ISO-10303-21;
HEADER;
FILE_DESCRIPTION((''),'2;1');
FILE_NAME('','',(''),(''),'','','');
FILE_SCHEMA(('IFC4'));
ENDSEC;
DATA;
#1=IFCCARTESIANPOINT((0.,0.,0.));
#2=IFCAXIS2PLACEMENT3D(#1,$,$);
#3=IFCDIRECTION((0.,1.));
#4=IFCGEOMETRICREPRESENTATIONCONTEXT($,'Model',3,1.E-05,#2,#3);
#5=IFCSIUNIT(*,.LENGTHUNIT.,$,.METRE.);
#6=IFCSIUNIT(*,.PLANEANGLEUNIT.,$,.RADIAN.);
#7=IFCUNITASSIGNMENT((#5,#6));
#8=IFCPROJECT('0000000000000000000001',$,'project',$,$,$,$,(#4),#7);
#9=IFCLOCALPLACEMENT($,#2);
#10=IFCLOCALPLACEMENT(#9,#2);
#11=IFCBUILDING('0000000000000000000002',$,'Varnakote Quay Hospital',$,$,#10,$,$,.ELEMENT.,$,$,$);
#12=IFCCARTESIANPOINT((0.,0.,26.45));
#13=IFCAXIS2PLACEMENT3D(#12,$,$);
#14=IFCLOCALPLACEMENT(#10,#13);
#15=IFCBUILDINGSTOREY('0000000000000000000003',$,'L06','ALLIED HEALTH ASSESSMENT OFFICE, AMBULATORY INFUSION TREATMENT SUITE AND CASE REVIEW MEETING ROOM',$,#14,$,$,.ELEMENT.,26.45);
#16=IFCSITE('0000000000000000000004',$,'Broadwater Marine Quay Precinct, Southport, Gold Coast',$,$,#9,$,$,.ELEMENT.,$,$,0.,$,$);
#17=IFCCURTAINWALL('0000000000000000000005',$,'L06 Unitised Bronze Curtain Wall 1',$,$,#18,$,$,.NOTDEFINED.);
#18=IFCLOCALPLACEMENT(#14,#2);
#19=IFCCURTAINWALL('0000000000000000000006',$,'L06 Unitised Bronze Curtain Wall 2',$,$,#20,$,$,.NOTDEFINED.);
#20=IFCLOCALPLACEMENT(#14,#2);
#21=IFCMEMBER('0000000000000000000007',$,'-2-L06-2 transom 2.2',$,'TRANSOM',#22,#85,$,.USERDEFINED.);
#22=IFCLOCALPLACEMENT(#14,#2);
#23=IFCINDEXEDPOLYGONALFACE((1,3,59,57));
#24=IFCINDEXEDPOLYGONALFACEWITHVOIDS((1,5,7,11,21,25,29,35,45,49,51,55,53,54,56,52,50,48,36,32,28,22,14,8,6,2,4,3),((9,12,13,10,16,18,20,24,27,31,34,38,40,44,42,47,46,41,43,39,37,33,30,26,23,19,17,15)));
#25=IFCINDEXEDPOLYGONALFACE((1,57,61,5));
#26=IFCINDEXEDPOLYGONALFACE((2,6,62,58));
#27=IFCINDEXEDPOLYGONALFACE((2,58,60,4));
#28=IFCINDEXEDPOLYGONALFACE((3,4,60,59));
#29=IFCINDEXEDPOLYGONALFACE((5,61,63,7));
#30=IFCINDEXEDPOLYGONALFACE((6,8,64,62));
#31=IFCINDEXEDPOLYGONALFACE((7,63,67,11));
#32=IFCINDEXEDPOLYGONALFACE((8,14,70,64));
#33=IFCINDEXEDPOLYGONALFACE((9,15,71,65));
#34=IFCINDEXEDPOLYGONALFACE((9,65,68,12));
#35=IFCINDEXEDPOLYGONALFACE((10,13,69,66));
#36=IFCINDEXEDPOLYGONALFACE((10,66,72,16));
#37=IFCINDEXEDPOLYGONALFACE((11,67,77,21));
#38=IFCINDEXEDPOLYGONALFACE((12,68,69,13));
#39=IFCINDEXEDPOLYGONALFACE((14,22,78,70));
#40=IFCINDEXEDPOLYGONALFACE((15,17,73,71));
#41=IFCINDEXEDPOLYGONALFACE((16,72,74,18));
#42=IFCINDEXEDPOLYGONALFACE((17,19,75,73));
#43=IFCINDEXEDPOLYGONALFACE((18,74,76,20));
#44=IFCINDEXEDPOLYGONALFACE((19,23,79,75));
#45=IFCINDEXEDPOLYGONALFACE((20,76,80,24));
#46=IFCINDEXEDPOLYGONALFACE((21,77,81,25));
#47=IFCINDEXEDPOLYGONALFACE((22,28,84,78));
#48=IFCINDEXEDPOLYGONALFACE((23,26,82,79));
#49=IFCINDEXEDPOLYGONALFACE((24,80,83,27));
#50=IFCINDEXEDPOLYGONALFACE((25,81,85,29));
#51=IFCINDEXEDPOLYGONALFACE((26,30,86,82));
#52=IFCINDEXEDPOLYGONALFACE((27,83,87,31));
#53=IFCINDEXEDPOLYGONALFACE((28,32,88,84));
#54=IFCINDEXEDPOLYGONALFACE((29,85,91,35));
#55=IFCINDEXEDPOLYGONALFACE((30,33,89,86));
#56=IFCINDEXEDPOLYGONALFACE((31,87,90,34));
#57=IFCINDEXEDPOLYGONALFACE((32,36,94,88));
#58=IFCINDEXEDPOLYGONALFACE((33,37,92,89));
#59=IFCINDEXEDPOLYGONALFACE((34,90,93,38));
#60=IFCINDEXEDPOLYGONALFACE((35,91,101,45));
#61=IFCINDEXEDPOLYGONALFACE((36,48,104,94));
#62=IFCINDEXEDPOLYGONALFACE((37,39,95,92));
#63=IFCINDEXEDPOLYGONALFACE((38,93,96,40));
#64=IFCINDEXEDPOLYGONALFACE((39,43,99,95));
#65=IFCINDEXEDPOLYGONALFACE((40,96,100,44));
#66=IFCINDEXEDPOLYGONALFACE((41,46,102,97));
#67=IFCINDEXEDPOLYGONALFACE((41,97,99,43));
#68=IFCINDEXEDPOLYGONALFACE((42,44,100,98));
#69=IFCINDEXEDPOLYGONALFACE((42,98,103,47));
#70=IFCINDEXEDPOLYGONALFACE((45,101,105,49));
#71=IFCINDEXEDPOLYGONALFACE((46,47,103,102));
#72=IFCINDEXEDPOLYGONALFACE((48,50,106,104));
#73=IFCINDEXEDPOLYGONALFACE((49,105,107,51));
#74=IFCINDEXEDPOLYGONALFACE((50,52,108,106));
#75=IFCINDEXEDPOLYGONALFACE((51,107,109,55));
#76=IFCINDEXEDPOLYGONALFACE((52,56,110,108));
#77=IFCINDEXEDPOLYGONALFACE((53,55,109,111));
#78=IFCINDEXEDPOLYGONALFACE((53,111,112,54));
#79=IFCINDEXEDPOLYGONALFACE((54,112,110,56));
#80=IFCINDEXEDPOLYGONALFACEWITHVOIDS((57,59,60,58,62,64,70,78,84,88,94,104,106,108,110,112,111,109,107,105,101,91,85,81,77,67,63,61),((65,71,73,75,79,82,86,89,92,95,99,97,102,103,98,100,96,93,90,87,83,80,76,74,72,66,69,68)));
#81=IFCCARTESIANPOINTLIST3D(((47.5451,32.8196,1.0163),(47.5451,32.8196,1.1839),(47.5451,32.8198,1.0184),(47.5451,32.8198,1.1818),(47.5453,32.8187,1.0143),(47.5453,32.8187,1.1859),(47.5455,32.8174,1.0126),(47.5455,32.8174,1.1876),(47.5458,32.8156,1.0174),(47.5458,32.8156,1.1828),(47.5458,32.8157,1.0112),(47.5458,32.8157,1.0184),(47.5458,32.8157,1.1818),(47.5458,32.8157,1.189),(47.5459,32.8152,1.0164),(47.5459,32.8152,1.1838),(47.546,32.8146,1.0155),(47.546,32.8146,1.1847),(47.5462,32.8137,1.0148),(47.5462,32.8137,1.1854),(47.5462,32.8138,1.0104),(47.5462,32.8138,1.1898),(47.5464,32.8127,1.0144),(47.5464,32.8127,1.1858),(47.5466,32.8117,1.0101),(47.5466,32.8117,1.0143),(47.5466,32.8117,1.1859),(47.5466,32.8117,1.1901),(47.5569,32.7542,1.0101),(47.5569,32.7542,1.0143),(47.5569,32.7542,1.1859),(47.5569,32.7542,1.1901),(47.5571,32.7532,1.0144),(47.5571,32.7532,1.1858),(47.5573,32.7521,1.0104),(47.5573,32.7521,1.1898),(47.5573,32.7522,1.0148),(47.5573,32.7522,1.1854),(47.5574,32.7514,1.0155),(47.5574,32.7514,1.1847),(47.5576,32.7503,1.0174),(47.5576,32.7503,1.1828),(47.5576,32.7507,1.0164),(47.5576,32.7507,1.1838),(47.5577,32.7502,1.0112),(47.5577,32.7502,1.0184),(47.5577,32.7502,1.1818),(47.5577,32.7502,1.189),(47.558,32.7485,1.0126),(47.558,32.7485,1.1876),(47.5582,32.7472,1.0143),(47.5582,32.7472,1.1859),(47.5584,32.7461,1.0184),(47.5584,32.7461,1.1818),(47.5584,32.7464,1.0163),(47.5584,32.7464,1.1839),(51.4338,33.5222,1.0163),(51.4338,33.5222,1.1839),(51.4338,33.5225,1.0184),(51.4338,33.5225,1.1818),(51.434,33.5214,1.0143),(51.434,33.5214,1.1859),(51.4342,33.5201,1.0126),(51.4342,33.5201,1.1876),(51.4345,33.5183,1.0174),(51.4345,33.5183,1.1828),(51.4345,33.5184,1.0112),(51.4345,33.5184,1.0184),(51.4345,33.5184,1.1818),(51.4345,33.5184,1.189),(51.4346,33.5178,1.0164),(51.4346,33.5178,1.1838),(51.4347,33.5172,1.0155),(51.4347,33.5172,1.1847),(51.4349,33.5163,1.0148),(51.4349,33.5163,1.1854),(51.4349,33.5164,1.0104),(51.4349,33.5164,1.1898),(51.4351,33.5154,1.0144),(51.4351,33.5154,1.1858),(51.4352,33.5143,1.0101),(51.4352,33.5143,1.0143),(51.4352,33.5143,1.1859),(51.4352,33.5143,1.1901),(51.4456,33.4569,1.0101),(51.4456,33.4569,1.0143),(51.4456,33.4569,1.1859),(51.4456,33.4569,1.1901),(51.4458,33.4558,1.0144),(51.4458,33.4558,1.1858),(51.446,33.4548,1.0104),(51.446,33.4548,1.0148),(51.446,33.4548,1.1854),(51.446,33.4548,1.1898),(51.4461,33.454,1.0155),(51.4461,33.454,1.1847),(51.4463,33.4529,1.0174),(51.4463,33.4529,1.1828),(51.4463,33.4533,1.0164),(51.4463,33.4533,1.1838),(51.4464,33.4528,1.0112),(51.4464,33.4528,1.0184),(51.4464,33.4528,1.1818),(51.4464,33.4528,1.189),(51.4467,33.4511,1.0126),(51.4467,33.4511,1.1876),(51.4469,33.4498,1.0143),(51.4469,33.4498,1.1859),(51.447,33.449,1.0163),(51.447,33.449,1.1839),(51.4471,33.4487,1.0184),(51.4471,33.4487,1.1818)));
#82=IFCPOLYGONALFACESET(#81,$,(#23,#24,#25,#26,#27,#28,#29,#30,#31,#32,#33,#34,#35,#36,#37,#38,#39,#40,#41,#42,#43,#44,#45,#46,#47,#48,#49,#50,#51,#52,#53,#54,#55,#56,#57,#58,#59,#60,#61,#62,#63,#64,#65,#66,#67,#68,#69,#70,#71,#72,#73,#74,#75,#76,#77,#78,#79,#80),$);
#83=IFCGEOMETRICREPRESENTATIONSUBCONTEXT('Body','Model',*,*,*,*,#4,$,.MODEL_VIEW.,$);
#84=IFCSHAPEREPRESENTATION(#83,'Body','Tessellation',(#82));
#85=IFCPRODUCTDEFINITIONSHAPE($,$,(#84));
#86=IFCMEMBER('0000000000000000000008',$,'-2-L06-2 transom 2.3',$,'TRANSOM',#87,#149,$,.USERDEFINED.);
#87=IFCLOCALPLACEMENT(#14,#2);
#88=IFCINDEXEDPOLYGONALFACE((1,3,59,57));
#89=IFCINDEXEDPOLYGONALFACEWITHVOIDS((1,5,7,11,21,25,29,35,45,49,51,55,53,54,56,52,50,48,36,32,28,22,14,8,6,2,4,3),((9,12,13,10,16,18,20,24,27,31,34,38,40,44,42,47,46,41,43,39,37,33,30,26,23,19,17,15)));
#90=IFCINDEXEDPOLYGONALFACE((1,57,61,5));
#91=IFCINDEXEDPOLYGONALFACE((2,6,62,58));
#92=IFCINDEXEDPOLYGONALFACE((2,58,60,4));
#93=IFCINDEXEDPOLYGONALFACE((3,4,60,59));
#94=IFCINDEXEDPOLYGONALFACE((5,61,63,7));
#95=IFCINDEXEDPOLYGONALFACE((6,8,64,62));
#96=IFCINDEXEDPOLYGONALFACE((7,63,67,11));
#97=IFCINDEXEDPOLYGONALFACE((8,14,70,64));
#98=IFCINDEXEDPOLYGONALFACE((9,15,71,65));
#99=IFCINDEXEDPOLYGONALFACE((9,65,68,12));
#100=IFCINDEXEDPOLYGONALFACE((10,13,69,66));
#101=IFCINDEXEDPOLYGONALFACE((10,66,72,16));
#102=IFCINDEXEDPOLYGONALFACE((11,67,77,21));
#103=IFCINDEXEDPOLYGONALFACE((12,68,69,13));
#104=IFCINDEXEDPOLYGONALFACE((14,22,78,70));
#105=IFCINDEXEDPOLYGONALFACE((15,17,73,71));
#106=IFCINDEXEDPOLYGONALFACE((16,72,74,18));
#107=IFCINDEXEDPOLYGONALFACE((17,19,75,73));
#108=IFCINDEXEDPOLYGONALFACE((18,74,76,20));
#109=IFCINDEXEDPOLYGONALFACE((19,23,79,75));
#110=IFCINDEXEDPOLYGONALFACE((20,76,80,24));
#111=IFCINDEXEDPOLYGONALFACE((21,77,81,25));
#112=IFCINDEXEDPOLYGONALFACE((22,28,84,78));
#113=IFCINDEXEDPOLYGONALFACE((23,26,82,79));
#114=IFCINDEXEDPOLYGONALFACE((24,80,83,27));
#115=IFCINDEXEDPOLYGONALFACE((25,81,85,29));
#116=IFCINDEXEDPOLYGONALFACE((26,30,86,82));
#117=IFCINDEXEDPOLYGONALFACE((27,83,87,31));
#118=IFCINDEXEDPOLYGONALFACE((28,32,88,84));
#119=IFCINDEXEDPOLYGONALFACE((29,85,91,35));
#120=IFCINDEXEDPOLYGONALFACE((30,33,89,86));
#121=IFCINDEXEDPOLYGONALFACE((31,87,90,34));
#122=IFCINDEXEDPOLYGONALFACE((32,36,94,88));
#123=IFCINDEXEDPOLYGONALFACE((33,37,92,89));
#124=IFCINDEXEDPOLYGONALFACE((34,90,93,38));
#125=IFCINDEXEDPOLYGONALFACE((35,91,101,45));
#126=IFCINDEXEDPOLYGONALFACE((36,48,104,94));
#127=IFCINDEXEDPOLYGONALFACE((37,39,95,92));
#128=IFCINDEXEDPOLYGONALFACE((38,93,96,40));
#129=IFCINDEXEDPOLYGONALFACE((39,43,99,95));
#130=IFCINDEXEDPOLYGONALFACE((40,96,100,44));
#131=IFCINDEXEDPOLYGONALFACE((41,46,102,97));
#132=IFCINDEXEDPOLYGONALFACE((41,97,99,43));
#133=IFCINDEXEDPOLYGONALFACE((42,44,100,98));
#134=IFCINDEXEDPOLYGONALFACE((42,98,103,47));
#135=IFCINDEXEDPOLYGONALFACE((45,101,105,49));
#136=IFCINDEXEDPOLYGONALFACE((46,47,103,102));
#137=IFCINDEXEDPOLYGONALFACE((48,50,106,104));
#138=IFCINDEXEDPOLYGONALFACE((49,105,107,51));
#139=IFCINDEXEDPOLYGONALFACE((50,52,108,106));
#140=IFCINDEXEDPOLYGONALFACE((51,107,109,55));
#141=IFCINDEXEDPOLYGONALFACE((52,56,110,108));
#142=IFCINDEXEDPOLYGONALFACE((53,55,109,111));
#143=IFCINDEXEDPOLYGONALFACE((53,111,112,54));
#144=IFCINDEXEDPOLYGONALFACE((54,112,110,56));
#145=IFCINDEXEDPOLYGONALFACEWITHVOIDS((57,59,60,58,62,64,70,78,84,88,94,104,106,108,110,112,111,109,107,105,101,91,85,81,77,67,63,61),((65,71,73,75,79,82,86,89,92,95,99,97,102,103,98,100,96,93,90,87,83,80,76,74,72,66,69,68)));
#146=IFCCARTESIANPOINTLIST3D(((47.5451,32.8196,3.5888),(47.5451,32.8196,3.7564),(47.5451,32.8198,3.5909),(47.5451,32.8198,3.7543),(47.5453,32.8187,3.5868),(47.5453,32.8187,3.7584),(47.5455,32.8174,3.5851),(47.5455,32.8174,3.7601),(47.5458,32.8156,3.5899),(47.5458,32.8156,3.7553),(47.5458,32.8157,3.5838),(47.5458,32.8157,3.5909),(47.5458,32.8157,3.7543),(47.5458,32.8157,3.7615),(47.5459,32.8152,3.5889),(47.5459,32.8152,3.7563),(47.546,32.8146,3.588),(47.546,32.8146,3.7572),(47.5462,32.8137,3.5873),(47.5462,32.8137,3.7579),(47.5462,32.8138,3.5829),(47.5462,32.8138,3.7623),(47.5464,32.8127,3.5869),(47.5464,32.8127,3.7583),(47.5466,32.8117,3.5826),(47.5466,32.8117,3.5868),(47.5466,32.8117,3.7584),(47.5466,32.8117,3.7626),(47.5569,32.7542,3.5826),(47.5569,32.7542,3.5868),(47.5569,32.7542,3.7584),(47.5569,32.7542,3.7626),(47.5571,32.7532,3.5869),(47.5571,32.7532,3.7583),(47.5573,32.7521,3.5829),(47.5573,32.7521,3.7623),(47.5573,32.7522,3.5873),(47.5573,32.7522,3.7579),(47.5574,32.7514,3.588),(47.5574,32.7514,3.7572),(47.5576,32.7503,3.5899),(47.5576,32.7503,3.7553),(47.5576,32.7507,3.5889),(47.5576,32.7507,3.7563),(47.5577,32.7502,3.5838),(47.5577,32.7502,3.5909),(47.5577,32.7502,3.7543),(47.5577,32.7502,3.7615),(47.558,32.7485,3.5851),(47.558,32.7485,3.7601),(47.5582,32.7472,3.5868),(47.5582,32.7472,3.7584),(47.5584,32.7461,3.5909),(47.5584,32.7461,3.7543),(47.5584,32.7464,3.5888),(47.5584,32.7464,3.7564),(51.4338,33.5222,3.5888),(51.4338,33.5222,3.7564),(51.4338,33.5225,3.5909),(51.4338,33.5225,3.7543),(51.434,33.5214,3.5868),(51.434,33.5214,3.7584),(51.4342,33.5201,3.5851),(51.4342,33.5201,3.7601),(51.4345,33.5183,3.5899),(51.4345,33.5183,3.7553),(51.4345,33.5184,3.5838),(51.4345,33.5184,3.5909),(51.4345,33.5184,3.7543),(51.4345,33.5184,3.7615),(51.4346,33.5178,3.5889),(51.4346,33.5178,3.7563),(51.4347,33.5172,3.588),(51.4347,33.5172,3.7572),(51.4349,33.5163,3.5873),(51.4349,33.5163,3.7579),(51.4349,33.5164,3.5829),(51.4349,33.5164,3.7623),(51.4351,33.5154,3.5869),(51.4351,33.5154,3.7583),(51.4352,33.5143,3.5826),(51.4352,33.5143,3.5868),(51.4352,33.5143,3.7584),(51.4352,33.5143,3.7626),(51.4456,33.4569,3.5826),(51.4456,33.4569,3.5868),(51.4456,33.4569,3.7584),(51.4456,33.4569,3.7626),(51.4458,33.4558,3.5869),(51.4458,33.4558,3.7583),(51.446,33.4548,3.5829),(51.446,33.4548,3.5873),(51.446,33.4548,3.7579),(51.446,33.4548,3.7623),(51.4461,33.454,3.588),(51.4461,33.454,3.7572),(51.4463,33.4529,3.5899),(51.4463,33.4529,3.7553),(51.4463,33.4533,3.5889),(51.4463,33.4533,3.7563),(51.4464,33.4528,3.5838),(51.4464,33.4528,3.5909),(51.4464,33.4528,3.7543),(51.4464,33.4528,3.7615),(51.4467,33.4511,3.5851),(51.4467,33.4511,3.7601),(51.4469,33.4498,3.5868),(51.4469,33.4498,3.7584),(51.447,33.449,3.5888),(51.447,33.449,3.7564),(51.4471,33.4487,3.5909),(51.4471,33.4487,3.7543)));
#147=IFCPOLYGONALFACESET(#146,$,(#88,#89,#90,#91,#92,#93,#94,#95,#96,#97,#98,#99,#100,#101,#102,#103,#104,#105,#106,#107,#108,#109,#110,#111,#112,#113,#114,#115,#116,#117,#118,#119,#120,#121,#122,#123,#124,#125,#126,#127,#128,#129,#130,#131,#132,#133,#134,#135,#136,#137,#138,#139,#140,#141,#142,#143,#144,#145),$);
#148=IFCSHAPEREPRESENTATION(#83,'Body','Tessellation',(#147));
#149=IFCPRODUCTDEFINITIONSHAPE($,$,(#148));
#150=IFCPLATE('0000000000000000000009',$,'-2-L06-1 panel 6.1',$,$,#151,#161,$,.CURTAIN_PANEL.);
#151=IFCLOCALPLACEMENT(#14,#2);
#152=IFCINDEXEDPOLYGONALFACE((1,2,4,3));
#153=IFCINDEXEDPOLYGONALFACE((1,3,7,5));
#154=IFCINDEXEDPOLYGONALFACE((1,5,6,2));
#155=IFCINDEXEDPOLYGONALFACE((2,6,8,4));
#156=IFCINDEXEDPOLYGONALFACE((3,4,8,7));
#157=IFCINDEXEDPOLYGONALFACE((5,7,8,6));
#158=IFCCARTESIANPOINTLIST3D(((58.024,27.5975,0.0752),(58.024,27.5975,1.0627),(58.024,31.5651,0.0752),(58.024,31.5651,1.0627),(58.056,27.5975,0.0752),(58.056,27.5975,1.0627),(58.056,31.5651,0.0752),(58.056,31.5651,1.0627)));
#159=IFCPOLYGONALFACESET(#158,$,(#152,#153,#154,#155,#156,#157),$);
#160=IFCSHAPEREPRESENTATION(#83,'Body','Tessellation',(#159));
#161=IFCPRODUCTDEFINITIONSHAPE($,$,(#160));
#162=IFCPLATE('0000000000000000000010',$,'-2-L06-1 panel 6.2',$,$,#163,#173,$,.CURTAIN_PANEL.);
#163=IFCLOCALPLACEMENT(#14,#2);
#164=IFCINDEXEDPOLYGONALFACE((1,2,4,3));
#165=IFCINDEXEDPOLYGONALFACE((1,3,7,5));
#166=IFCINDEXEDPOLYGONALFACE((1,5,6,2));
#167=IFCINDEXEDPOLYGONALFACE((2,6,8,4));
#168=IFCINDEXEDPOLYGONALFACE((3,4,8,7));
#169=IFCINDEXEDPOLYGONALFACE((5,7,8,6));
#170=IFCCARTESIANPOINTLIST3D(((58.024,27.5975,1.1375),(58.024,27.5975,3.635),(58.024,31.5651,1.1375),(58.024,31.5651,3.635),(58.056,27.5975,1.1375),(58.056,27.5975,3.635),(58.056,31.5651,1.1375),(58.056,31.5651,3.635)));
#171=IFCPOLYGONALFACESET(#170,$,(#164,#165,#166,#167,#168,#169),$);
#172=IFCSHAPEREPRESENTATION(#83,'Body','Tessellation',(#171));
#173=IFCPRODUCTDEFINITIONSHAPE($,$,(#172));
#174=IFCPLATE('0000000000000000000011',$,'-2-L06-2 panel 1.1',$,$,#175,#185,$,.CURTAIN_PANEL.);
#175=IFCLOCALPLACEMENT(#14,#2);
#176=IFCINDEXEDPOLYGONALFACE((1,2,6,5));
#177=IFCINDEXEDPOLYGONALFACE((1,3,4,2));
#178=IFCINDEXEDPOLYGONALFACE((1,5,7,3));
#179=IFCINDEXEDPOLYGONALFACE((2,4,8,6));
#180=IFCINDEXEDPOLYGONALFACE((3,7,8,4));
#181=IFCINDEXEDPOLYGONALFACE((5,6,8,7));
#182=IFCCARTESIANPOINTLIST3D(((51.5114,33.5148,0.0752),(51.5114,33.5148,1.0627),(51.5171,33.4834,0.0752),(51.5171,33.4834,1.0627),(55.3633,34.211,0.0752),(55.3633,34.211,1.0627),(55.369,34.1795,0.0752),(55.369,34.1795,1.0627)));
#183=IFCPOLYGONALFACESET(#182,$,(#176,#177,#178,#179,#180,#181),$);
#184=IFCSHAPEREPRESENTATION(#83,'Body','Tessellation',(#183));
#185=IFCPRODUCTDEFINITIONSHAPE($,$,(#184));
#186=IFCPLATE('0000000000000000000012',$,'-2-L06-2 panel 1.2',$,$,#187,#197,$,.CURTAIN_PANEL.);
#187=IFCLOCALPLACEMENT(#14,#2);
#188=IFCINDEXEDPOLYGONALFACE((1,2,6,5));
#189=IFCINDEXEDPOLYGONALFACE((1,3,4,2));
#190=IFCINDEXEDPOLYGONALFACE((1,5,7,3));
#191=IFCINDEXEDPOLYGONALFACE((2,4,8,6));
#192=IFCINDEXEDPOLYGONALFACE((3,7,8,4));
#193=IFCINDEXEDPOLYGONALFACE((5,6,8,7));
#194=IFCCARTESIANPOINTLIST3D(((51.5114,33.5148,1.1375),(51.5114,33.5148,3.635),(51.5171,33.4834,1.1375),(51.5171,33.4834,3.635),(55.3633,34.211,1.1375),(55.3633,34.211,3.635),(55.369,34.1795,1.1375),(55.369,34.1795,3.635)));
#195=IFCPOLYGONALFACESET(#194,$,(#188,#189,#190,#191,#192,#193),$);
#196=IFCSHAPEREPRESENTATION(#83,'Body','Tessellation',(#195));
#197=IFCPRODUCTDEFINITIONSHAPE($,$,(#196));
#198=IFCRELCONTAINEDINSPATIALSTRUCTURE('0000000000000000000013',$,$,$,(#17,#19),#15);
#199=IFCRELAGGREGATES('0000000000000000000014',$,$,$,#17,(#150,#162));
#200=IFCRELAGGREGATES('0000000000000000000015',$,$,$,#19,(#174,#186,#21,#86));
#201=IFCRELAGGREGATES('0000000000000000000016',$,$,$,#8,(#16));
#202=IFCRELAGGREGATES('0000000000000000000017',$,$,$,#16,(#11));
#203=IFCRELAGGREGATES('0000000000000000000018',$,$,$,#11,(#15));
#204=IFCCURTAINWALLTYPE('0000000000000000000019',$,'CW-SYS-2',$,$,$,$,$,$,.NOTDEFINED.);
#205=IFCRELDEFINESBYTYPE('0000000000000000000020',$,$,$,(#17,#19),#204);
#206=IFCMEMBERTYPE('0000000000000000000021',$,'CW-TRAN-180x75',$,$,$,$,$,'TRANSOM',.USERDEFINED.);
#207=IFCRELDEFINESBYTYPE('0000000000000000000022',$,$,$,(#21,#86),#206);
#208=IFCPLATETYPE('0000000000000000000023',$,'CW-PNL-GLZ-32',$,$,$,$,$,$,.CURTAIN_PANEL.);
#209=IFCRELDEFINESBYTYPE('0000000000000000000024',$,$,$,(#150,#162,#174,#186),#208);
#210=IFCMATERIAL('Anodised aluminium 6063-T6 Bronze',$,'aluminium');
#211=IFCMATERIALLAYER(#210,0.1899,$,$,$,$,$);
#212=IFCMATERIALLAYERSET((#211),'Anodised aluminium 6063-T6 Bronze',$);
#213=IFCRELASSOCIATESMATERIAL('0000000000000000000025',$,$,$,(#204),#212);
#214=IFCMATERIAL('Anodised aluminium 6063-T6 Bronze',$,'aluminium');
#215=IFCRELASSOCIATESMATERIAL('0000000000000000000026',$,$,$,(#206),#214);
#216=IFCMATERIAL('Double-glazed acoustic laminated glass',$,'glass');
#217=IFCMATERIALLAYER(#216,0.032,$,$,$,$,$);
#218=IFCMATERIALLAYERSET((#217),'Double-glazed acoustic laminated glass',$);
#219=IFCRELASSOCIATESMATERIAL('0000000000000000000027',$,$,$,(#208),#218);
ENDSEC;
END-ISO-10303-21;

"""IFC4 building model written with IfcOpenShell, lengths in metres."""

from ifc_helpers import new_model, si_unit, direction, frame, origin, origin_2d, place, context, subcontext, project, spatial, rectangle, hollow_rectangle, extrude, material, layer, layer_set, material_profile, profile_set, type_object, element, aggregate, save


model = new_model("IFC4")

# Units and contexts
model_context = context("Model", 3, precision=1e-05, world=origin(), true_north=direction((0.0, 1.0)))
body_context = subcontext(model_context, "Body", "Model", "MODEL_VIEW")
ifc_project = project(units=[si_unit("LENGTHUNIT", "METRE"), si_unit("PLANEANGLEUNIT", "RADIAN")], contexts=[model_context])

# Site, building, storey
site_placement = place(None, origin())
site = spatial("IfcSite", under=ifc_project, at=site_placement, Name="Broadwater Marine Quay Precinct, Southport, Gold Coast", CompositionType="ELEMENT", RefElevation=0.0)
building_placement = place(site_placement, origin())
building = spatial("IfcBuilding", under=site, at=building_placement, Name="Varnakote Quay Hospital", CompositionType="ELEMENT")
storey_placement = place(building_placement, frame((0.0, 0.0, 26.45)))
storey = spatial("IfcBuildingStorey", under=building, at=storey_placement, Name="L06", Description="ALLIED HEALTH ASSESSMENT OFFICE, AMBULATORY INFUSION TREATMENT SUITE AND CASE REVIEW MEETING ROOM", CompositionType="ELEMENT", Elevation=26.45)

# Curtain wall
ifc_material_1 = material(Name="Anodised aluminium 6063-T6 Bronze", Category="aluminium")
ifc_layer_1 = layer(ifc_material_1, 0.1899)
ifc_layer_set_1 = layer_set([ifc_layer_1], Name="Anodised aluminium 6063-T6 Bronze")
curtain_wall_type = type_object("IfcCurtainWallType", Name="CW-SYS-2", PredefinedType="NOTDEFINED", material=ifc_layer_set_1)
curtain_wall_1_placement = place(storey_placement, origin())
curtain_wall_1 = element("IfcCurtainWall", 1, at=curtain_wall_1_placement, inside=storey, type_object=curtain_wall_type, Name="L06 Unitised Bronze Curtain Wall 1", PredefinedType="NOTDEFINED")

# Curtain wall
curtain_wall_2_placement = place(storey_placement, origin())
curtain_wall_2 = element("IfcCurtainWall", 2, at=curtain_wall_2_placement, inside=storey, type_object=curtain_wall_type, Name="L06 Unitised Bronze Curtain Wall 2", PredefinedType="NOTDEFINED")

# Members
ifc_material_2 = material(Name="Anodised aluminium 6063-T6 Bronze", Category="aluminium")
ifc_material_profile_1 = material_profile(ifc_material_2, hollow_rectangle(XDim=0.075, YDim=0.1799, WallThickness=0.0042, InnerFilletRadius=0.0042, OuterFilletRadius=0.0083, at=origin_2d()), Name="CW-TRAN-180x75")
ifc_profile_set_1 = profile_set([ifc_material_profile_1], Name="Anodised aluminium 6063-T6 Bronze")
member_type_1 = type_object("IfcMemberType", Name="CW-TRAN-180x75", ElementType="TRANSOM", PredefinedType="USERDEFINED", material=ifc_profile_set_1)
member_1_placement = place(storey_placement, frame((51.4404, 33.4856, 1.1001), z_axis=(-0.984065, -0.177809, 0.0), x_axis=(0.177809, -0.984065, 0.0)))
member_1 = element("IfcMember", 3, at=member_1_placement, type_object=member_type_1, Name="-2-L06-2 transom 2.2", ObjectType="TRANSOM", PredefinedType="USERDEFINED", context=body_context, shape_type="SweptSolid", body=[
    extrude(hollow_rectangle(XDim=0.075, YDim=0.1799, WallThickness=0.0042, InnerFilletRadius=0.0042, OuterFilletRadius=0.0083, at=origin_2d()), origin(), (0.0, 0.0, 1.0), 3.9517),
])
member_2_placement = place(storey_placement, frame((51.4404, 33.4856, 3.6726), z_axis=(-0.984065, -0.177809, 0.0), x_axis=(0.177809, -0.984065, 0.0)))
member_2 = element("IfcMember", 4, at=member_2_placement, type_object=member_type_1, Name="-2-L06-2 transom 2.3", ObjectType="TRANSOM", PredefinedType="USERDEFINED", context=body_context, shape_type="SweptSolid", body=[
    extrude(hollow_rectangle(XDim=0.075, YDim=0.1799, WallThickness=0.0042, InnerFilletRadius=0.0042, OuterFilletRadius=0.0083, at=origin_2d()), origin(), (0.0, 0.0, 1.0), 3.9517),
])

# Plates
ifc_material_3 = material(Name="Double-glazed acoustic laminated glass", Category="glass")
ifc_layer_2 = layer(ifc_material_3, 0.032)
ifc_layer_set_2 = layer_set([ifc_layer_2], Name="Double-glazed acoustic laminated glass")
plate_type = type_object("IfcPlateType", Name="CW-PNL-GLZ-32", PredefinedType="CURTAIN_PANEL", material=ifc_layer_set_2)
plate_1_placement = place(storey_placement, frame((58.04, 29.5813, 0.0752), z_axis=(0.0, 0.0, 1.0), x_axis=(0.0, 1.0, 0.0)))
plate_1 = element("IfcPlate", 5, at=plate_1_placement, type_object=plate_type, Name="-2-L06-1 panel 6.1", PredefinedType="CURTAIN_PANEL", context=body_context, shape_type="SweptSolid", body=[
    extrude(rectangle(XDim=3.9675, YDim=0.032, at=origin_2d()), origin(), (0.0, 0.0, 1.0), 0.9875),
])
plate_2_placement = place(storey_placement, frame((58.04, 29.5813, 1.1375), z_axis=(0.0, 0.0, 1.0), x_axis=(0.0, 1.0, 0.0)))
plate_2 = element("IfcPlate", 6, at=plate_2_placement, type_object=plate_type, Name="-2-L06-1 panel 6.2", PredefinedType="CURTAIN_PANEL", context=body_context, shape_type="SweptSolid", body=[
    extrude(rectangle(XDim=3.9675, YDim=0.032, at=origin_2d()), origin(), (0.0, 0.0, 1.0), 2.4976),
])
aggregate(curtain_wall_1, [plate_1, plate_2])
plate_3_placement = place(storey_placement, frame((53.4402, 33.8472, 0.0752), z_axis=(0.0, 0.0, 1.0), x_axis=(-0.984058, -0.177846, 0.0)))
plate_3 = element("IfcPlate", 7, at=plate_3_placement, type_object=plate_type, Name="-2-L06-2 panel 1.1", PredefinedType="CURTAIN_PANEL", context=body_context, shape_type="SweptSolid", body=[
    extrude(rectangle(XDim=3.9143, YDim=0.032, at=origin_2d()), origin(), (0.0, 0.0, 1.0), 0.9875),
])
plate_4_placement = place(storey_placement, frame((53.4402, 33.8472, 1.1375), z_axis=(0.0, 0.0, 1.0), x_axis=(-0.984058, -0.177846, 0.0)))
plate_4 = element("IfcPlate", 8, at=plate_4_placement, type_object=plate_type, Name="-2-L06-2 panel 1.2", PredefinedType="CURTAIN_PANEL", context=body_context, shape_type="SweptSolid", body=[
    extrude(rectangle(XDim=3.9143, YDim=0.032, at=origin_2d()), origin(), (0.0, 0.0, 1.0), 2.4976),
])
aggregate(curtain_wall_2, [plate_3, plate_4, member_1, member_2])

save(model, "model.ifc")
